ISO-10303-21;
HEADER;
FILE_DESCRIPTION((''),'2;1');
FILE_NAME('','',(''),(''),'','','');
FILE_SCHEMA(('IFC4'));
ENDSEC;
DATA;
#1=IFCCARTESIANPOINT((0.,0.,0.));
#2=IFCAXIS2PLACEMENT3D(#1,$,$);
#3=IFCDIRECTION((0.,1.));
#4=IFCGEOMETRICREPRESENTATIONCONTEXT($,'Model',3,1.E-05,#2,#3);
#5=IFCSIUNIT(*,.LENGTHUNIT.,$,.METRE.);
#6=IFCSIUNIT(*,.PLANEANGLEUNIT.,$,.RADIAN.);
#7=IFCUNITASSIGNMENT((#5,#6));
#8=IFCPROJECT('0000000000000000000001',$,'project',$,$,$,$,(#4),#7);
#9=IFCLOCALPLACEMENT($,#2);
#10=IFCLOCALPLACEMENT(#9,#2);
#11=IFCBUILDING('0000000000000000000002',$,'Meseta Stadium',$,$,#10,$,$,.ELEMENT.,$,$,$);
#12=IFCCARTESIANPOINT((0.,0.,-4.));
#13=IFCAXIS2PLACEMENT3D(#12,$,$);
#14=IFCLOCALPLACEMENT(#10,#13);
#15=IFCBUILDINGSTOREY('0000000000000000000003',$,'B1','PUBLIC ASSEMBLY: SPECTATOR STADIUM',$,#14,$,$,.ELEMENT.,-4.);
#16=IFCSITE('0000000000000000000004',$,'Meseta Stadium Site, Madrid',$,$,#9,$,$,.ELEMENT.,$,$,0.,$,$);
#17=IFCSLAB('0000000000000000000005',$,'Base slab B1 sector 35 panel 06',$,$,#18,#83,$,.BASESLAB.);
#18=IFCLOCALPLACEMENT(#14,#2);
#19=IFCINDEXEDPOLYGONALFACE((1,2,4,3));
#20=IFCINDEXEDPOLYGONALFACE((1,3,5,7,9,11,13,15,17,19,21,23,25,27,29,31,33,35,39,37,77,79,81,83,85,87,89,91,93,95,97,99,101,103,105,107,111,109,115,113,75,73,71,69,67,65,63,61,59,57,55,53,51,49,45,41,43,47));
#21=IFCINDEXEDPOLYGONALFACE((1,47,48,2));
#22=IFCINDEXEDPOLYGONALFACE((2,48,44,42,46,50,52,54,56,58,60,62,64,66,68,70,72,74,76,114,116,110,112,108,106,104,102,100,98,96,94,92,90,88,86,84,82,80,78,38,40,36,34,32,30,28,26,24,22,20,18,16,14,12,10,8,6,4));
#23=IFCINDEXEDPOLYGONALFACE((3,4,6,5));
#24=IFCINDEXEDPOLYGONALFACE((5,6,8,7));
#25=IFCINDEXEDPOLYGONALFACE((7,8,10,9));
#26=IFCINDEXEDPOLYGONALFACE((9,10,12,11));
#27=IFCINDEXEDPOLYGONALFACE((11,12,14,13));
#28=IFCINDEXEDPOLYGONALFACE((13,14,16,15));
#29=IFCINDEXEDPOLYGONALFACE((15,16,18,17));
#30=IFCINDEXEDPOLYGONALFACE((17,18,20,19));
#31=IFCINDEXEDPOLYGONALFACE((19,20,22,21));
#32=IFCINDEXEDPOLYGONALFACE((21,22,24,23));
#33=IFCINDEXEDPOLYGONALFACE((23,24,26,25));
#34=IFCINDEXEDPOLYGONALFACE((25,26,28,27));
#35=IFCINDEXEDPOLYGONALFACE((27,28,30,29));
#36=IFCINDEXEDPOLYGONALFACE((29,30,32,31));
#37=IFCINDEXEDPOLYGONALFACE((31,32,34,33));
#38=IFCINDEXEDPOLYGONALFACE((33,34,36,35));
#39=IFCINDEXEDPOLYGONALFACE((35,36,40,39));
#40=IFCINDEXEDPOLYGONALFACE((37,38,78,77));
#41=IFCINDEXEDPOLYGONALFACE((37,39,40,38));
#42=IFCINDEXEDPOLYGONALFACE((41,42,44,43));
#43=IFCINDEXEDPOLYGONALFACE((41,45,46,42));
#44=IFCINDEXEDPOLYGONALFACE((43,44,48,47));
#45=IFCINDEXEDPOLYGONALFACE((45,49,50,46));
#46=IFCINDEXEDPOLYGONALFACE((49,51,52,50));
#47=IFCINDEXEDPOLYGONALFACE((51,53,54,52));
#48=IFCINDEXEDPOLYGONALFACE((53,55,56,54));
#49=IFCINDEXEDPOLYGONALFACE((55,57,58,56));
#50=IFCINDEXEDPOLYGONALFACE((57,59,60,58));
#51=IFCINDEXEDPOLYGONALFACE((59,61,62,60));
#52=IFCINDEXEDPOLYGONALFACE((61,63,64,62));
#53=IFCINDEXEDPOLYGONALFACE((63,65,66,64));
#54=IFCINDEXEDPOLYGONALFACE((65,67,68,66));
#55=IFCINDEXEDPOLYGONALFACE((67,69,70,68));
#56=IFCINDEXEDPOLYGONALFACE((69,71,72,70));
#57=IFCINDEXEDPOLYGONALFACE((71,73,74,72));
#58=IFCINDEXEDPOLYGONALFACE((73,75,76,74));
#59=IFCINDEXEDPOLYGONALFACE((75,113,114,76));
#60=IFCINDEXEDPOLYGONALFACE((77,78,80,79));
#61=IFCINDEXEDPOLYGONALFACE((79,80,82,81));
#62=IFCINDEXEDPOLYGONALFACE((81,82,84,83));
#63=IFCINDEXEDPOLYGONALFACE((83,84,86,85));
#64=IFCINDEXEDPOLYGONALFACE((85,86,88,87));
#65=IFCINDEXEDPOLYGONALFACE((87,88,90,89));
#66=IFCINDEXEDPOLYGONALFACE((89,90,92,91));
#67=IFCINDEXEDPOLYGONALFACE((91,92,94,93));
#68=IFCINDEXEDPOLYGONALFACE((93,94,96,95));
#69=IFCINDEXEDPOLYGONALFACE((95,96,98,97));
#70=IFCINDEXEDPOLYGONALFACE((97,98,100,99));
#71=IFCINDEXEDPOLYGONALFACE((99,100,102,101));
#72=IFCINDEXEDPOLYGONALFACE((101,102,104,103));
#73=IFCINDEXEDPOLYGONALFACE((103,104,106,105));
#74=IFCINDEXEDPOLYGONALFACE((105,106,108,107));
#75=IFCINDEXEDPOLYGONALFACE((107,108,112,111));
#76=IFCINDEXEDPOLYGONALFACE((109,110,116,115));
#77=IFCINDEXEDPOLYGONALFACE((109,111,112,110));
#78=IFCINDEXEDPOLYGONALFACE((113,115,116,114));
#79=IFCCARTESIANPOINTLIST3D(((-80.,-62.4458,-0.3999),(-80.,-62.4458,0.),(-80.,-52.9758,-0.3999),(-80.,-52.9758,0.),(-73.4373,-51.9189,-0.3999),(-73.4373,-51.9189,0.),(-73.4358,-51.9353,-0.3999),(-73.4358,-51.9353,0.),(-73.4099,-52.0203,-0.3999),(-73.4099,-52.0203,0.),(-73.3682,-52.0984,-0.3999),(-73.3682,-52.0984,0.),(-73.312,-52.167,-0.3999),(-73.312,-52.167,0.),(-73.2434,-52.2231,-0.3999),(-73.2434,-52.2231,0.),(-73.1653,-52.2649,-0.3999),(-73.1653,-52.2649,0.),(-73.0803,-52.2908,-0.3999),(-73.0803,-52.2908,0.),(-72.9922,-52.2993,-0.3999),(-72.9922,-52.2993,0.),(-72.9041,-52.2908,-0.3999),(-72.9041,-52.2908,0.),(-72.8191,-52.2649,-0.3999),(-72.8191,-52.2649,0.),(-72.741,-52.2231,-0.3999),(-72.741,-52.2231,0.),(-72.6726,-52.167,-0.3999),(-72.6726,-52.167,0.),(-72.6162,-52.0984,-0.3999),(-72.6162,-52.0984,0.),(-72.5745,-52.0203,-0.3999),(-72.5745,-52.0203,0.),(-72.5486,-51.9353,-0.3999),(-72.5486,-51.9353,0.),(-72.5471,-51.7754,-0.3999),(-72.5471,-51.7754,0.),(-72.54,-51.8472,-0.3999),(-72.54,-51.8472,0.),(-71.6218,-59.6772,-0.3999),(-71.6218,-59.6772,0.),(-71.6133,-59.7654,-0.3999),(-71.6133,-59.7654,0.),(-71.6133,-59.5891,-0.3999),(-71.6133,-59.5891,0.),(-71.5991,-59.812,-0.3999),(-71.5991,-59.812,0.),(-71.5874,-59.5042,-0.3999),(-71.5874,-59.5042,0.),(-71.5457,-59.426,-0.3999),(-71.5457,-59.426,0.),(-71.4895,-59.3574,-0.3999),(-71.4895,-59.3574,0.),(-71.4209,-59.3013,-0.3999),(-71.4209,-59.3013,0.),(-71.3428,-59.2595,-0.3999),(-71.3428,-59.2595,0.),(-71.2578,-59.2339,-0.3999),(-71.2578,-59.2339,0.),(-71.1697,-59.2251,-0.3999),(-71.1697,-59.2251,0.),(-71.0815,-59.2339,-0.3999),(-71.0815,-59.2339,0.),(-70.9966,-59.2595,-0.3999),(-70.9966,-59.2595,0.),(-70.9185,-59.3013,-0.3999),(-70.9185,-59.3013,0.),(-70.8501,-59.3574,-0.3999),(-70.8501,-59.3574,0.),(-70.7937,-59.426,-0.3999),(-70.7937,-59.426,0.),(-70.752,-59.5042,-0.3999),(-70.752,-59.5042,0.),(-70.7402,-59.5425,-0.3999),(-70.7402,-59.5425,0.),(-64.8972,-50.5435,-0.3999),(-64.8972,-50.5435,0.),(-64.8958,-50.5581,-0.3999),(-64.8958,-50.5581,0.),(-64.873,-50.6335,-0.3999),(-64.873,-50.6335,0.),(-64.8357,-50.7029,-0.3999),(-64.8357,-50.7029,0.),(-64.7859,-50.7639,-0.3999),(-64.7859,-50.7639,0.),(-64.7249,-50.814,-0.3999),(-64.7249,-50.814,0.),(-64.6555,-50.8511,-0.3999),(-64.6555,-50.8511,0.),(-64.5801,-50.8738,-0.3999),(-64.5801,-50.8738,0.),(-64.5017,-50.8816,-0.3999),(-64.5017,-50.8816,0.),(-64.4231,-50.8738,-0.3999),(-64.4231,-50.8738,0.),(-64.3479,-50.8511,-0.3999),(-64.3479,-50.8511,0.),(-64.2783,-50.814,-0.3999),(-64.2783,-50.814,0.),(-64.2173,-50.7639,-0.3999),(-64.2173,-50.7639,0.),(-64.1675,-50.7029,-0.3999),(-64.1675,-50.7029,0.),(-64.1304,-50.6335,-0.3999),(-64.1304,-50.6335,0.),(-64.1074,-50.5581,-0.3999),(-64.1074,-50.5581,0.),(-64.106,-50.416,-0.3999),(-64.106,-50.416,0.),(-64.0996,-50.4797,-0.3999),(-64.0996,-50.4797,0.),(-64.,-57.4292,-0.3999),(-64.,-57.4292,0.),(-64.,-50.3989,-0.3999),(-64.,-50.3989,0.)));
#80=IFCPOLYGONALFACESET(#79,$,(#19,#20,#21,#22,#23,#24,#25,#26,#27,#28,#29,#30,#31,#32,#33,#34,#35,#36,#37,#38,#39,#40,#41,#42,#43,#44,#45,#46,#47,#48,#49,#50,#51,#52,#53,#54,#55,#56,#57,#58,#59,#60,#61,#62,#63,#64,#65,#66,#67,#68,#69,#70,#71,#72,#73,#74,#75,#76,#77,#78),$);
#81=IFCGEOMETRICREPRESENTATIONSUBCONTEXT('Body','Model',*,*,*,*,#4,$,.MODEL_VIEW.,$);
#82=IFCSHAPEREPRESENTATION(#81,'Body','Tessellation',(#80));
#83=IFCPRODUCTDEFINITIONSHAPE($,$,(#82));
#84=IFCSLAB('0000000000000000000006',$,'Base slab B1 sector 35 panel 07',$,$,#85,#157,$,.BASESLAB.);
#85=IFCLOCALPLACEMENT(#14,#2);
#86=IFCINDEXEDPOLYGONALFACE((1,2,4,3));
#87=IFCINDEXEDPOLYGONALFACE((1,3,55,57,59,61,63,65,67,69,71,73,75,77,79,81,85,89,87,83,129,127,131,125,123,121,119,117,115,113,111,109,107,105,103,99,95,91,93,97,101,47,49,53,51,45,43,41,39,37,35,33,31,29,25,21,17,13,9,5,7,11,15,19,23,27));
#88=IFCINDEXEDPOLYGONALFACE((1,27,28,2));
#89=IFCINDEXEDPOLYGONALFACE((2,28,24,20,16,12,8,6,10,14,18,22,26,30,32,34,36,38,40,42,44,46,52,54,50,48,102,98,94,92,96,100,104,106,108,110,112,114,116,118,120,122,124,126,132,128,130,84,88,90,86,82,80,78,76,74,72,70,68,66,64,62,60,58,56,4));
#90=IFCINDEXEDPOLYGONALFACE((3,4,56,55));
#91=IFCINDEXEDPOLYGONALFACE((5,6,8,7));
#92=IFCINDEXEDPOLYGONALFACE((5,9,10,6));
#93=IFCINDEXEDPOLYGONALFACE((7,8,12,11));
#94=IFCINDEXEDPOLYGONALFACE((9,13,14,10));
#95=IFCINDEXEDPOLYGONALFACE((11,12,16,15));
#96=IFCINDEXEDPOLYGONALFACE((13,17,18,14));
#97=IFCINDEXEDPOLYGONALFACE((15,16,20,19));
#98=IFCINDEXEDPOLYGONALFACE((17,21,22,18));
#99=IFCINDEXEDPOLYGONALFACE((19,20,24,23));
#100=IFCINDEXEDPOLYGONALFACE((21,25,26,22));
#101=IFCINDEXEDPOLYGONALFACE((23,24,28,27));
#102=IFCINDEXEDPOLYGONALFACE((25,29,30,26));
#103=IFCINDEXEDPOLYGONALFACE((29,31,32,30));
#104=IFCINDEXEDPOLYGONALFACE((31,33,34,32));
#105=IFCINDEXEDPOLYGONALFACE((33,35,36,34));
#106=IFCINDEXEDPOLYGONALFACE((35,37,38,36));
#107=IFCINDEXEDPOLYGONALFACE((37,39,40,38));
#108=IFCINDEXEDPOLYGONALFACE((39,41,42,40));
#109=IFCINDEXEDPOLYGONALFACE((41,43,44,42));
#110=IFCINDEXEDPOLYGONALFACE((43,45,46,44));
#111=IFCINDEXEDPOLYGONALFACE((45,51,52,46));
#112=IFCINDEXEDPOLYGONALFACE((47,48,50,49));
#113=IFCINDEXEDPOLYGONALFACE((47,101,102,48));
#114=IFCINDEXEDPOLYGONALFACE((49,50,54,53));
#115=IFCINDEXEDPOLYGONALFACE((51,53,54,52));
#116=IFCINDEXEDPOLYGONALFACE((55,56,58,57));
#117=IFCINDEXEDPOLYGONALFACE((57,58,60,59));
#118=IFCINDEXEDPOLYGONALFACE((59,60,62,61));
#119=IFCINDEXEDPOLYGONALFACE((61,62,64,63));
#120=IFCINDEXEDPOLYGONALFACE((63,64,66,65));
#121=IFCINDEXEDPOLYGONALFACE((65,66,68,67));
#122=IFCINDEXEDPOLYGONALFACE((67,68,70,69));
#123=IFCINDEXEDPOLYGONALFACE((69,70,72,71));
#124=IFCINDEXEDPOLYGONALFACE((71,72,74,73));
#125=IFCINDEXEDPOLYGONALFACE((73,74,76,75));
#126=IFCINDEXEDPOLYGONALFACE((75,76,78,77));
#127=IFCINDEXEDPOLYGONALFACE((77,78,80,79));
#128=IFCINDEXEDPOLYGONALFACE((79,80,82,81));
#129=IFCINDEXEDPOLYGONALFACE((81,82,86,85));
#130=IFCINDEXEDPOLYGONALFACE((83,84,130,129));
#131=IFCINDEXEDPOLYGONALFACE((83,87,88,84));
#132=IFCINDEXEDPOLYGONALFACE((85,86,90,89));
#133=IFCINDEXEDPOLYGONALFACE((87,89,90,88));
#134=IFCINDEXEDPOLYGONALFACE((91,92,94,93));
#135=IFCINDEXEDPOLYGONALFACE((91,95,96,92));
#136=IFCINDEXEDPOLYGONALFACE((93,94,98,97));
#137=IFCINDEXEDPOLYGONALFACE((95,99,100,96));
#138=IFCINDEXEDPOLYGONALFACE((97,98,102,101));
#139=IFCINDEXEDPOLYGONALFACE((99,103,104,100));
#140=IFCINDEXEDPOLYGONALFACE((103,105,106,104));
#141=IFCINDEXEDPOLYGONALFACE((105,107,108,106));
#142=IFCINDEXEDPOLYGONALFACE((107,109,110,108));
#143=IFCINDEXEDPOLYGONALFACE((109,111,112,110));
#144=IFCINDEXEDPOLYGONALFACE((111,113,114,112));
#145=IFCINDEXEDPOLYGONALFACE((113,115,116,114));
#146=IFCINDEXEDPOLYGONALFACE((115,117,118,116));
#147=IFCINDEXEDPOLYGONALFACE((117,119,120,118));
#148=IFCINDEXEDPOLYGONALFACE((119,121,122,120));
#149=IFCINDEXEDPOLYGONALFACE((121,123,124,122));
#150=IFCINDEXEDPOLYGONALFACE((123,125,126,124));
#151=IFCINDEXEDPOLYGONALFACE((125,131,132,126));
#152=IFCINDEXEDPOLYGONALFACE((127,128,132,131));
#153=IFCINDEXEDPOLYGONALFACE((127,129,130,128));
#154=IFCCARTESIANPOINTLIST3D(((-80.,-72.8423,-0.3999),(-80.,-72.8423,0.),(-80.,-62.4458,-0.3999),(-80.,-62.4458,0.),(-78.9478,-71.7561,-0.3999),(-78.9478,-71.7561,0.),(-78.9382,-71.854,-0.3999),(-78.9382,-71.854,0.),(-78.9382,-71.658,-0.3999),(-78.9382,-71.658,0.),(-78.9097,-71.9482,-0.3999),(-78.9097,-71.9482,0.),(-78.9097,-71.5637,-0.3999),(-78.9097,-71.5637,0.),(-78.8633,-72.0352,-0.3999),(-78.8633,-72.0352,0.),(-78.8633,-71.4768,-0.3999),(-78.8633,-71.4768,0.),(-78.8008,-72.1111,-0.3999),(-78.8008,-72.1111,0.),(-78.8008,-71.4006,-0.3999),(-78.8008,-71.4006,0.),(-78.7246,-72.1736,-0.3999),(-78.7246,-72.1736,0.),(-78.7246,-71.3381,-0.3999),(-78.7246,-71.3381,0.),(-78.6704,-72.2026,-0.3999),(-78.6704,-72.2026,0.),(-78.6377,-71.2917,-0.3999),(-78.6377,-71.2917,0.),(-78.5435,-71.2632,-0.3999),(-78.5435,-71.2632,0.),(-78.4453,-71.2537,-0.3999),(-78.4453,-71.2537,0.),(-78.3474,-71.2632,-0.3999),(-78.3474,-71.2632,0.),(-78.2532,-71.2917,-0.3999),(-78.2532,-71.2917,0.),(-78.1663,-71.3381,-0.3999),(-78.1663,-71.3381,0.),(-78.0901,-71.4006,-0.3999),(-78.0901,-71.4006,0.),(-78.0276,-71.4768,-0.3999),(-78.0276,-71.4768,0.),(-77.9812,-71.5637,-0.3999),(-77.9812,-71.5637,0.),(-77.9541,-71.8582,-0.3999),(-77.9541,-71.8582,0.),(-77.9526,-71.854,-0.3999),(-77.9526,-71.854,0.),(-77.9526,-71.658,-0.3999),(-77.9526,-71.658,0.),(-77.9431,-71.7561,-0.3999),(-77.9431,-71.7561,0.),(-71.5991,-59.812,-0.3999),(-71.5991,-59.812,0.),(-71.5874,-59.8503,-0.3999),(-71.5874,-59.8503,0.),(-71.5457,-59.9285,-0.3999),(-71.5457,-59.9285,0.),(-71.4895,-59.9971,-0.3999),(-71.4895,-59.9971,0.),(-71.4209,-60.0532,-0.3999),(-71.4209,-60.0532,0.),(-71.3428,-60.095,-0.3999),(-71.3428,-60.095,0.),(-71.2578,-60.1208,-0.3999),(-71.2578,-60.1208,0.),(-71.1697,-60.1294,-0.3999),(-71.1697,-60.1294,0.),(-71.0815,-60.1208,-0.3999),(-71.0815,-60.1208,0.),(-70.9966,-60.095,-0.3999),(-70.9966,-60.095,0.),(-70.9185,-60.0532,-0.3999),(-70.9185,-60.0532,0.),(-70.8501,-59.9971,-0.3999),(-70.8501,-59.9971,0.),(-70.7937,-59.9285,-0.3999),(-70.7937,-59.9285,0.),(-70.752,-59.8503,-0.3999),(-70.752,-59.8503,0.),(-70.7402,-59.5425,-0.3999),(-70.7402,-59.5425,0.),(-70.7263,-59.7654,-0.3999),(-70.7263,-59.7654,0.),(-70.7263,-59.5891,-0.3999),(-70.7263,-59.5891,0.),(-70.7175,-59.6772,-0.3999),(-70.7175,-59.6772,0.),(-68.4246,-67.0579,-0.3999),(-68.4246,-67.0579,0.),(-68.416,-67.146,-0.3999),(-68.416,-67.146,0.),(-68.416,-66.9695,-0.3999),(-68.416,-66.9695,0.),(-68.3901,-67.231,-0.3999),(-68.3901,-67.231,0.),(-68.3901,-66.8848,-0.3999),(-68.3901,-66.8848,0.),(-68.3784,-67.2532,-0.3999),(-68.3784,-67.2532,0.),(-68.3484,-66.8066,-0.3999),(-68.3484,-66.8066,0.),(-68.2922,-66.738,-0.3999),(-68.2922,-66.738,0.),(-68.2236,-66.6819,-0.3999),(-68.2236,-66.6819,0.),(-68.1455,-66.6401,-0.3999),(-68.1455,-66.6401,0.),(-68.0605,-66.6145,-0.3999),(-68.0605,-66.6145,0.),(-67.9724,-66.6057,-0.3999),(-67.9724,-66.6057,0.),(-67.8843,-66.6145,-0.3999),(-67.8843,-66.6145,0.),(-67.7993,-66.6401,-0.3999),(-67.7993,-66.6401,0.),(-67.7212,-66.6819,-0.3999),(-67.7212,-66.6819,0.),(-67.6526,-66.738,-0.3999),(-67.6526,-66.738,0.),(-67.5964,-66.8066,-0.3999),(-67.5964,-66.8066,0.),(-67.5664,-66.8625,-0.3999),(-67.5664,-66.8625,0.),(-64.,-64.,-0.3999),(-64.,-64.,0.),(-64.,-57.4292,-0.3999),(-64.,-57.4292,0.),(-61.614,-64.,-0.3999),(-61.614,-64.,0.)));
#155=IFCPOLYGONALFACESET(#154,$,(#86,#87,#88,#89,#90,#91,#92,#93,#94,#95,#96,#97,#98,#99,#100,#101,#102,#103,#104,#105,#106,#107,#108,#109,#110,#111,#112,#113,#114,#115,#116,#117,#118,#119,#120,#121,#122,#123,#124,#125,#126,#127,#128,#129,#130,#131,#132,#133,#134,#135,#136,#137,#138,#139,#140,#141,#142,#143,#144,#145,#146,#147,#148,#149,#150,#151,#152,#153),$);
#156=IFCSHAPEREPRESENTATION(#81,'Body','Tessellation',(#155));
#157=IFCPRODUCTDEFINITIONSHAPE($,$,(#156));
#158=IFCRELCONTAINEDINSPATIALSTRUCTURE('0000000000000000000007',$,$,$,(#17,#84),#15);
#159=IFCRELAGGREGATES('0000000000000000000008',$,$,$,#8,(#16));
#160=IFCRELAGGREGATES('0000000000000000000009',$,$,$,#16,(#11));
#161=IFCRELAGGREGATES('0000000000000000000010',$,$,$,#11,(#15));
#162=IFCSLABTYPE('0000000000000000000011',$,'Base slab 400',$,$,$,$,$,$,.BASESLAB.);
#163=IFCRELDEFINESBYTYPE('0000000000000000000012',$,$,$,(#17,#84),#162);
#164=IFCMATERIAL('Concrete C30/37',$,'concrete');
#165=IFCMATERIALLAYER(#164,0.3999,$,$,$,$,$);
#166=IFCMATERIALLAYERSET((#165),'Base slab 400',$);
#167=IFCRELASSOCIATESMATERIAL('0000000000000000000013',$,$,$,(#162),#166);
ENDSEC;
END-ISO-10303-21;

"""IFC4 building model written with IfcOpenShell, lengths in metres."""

from ifc_helpers import new_model, si_unit, direction, frame, origin, place, context, subcontext, project, spatial, polyline, outline, extrude, material, layer, layer_set, type_object, element, save


model = new_model("IFC4")

# Units and contexts
model_context = context("Model", 3, precision=1e-05, world=origin(), true_north=direction((0.0, 1.0)))
body_context = subcontext(model_context, "Body", "Model", "MODEL_VIEW")
ifc_project = project(units=[si_unit("LENGTHUNIT", "METRE"), si_unit("PLANEANGLEUNIT", "RADIAN")], contexts=[model_context])

# Site, building, storey
site_placement = place(None, origin())
site = spatial("IfcSite", under=ifc_project, at=site_placement, Name="Meseta Stadium Site, Madrid", CompositionType="ELEMENT", RefElevation=0.0)
building_placement = place(site_placement, origin())
building = spatial("IfcBuilding", under=site, at=building_placement, Name="Meseta Stadium", CompositionType="ELEMENT")
storey_placement = place(building_placement, frame((0.0, 0.0, -4.0)))
storey = spatial("IfcBuildingStorey", under=building, at=storey_placement, Name="B1", Description="PUBLIC ASSEMBLY: SPECTATOR STADIUM", CompositionType="ELEMENT", Elevation=-4.0)

# Slabs
ifc_material = material(Name="Concrete C30/37", Category="concrete")
ifc_layer = layer(ifc_material, 0.3999)
ifc_layer_set = layer_set([ifc_layer], Name="Base slab 400")
slab_type = type_object("IfcSlabType", Name="Base slab 400", PredefinedType="BASESLAB", material=ifc_layer_set)
slab_1_placement = place(storey_placement, frame((0.0, 0.0, -0.3999)))
element("IfcSlab", 1, at=slab_1_placement, inside=storey, type_object=slab_type, Name="Base slab B1 sector 35 panel 06", PredefinedType="BASESLAB", context=body_context, shape_type="SweptSolid", body=[
    extrude(outline(polyline([(-70.7937, -59.426), (-70.752, -59.5042), (-70.7402, -59.5425), (-64.0, -57.4292), (-64.0, -50.3989), (-64.106, -50.416), (-64.0996, -50.4797), (-64.1074, -50.5581), (-64.1304, -50.6335), (-64.1675, -50.7029), (-64.2173, -50.7639), (-64.2783, -50.814), (-64.3479, -50.8511), (-64.4231, -50.8738), (-64.5017, -50.8816), (-64.5801, -50.8738), (-64.6555, -50.8511), (-64.7249, -50.814), (-64.7859, -50.7639), (-64.8357, -50.7029), (-64.873, -50.6335), (-64.8958, -50.5581), (-64.8972, -50.5435), (-72.5471, -51.7754), (-72.54, -51.8472), (-72.5486, -51.9353), (-72.5745, -52.0203), (-72.6162, -52.0984), (-72.6726, -52.167), (-72.741, -52.2231), (-72.8191, -52.2649), (-72.9041, -52.2908), (-72.9922, -52.2993), (-73.0803, -52.2908), (-73.1653, -52.2649), (-73.2434, -52.2231), (-73.312, -52.167), (-73.3682, -52.0984), (-73.4099, -52.0203), (-73.4358, -51.9353), (-73.4373, -51.9189), (-80.0, -52.9758), (-80.0, -62.4458), (-71.5991, -59.812), (-71.6133, -59.7654), (-71.6218, -59.6772), (-71.6133, -59.5891), (-71.5874, -59.5042), (-71.5457, -59.426), (-71.4895, -59.3574), (-71.4209, -59.3013), (-71.3428, -59.2595), (-71.2578, -59.2339), (-71.1697, -59.2251), (-71.0815, -59.2339), (-70.9966, -59.2595), (-70.9185, -59.3013), (-70.8501, -59.3574), (-70.7937, -59.426)])), origin(), (0.0, 0.0, 1.0), 0.3999),
])
slab_2_placement = place(storey_placement, frame((0.0, 0.0, -0.3999)))
element("IfcSlab", 2, at=slab_2_placement, inside=storey, type_object=slab_type, Name="Base slab B1 sector 35 panel 07", PredefinedType="BASESLAB", context=body_context, shape_type="SweptSolid", body=[
    extrude(outline(polyline([(-78.0901, -71.4006), (-78.0276, -71.4768), (-77.9812, -71.5637), (-77.9526, -71.658), (-77.9431, -71.7561), (-77.9526, -71.854), (-77.9541, -71.8582), (-68.3784, -67.2532), (-68.3901, -67.231), (-68.416, -67.146), (-68.4246, -67.0579), (-68.416, -66.9695), (-68.3901, -66.8848), (-68.3484, -66.8066), (-68.2922, -66.738), (-68.2236, -66.6819), (-68.1455, -66.6401), (-68.0605, -66.6145), (-67.9724, -66.6057), (-67.8843, -66.6145), (-67.7993, -66.6401), (-67.7212, -66.6819), (-67.6526, -66.738), (-67.5964, -66.8066), (-67.5664, -66.8625), (-61.614, -64.0), (-64.0, -64.0), (-64.0, -57.4292), (-70.7402, -59.5425), (-70.7263, -59.5891), (-70.7175, -59.6772), (-70.7263, -59.7654), (-70.752, -59.8503), (-70.7937, -59.9285), (-70.8501, -59.9971), (-70.9185, -60.0532), (-70.9966, -60.095), (-71.0815, -60.1208), (-71.1697, -60.1294), (-71.2578, -60.1208), (-71.3428, -60.095), (-71.4209, -60.0532), (-71.4895, -59.9971), (-71.5457, -59.9285), (-71.5874, -59.8503), (-71.5991, -59.812), (-80.0, -62.4458), (-80.0, -72.8423), (-78.6704, -72.2026), (-78.7246, -72.1736), (-78.8008, -72.1111), (-78.8633, -72.0352), (-78.9097, -71.9482), (-78.9382, -71.854), (-78.9478, -71.7561), (-78.9382, -71.658), (-78.9097, -71.5637), (-78.8633, -71.4768), (-78.8008, -71.4006), (-78.7246, -71.3381), (-78.6377, -71.2917), (-78.5435, -71.2632), (-78.4453, -71.2537), (-78.3474, -71.2632), (-78.2532, -71.2917), (-78.1663, -71.3381), (-78.0901, -71.4006)])), origin(), (0.0, 0.0, 1.0), 0.3999),
])

save(model, "model.ifc")
